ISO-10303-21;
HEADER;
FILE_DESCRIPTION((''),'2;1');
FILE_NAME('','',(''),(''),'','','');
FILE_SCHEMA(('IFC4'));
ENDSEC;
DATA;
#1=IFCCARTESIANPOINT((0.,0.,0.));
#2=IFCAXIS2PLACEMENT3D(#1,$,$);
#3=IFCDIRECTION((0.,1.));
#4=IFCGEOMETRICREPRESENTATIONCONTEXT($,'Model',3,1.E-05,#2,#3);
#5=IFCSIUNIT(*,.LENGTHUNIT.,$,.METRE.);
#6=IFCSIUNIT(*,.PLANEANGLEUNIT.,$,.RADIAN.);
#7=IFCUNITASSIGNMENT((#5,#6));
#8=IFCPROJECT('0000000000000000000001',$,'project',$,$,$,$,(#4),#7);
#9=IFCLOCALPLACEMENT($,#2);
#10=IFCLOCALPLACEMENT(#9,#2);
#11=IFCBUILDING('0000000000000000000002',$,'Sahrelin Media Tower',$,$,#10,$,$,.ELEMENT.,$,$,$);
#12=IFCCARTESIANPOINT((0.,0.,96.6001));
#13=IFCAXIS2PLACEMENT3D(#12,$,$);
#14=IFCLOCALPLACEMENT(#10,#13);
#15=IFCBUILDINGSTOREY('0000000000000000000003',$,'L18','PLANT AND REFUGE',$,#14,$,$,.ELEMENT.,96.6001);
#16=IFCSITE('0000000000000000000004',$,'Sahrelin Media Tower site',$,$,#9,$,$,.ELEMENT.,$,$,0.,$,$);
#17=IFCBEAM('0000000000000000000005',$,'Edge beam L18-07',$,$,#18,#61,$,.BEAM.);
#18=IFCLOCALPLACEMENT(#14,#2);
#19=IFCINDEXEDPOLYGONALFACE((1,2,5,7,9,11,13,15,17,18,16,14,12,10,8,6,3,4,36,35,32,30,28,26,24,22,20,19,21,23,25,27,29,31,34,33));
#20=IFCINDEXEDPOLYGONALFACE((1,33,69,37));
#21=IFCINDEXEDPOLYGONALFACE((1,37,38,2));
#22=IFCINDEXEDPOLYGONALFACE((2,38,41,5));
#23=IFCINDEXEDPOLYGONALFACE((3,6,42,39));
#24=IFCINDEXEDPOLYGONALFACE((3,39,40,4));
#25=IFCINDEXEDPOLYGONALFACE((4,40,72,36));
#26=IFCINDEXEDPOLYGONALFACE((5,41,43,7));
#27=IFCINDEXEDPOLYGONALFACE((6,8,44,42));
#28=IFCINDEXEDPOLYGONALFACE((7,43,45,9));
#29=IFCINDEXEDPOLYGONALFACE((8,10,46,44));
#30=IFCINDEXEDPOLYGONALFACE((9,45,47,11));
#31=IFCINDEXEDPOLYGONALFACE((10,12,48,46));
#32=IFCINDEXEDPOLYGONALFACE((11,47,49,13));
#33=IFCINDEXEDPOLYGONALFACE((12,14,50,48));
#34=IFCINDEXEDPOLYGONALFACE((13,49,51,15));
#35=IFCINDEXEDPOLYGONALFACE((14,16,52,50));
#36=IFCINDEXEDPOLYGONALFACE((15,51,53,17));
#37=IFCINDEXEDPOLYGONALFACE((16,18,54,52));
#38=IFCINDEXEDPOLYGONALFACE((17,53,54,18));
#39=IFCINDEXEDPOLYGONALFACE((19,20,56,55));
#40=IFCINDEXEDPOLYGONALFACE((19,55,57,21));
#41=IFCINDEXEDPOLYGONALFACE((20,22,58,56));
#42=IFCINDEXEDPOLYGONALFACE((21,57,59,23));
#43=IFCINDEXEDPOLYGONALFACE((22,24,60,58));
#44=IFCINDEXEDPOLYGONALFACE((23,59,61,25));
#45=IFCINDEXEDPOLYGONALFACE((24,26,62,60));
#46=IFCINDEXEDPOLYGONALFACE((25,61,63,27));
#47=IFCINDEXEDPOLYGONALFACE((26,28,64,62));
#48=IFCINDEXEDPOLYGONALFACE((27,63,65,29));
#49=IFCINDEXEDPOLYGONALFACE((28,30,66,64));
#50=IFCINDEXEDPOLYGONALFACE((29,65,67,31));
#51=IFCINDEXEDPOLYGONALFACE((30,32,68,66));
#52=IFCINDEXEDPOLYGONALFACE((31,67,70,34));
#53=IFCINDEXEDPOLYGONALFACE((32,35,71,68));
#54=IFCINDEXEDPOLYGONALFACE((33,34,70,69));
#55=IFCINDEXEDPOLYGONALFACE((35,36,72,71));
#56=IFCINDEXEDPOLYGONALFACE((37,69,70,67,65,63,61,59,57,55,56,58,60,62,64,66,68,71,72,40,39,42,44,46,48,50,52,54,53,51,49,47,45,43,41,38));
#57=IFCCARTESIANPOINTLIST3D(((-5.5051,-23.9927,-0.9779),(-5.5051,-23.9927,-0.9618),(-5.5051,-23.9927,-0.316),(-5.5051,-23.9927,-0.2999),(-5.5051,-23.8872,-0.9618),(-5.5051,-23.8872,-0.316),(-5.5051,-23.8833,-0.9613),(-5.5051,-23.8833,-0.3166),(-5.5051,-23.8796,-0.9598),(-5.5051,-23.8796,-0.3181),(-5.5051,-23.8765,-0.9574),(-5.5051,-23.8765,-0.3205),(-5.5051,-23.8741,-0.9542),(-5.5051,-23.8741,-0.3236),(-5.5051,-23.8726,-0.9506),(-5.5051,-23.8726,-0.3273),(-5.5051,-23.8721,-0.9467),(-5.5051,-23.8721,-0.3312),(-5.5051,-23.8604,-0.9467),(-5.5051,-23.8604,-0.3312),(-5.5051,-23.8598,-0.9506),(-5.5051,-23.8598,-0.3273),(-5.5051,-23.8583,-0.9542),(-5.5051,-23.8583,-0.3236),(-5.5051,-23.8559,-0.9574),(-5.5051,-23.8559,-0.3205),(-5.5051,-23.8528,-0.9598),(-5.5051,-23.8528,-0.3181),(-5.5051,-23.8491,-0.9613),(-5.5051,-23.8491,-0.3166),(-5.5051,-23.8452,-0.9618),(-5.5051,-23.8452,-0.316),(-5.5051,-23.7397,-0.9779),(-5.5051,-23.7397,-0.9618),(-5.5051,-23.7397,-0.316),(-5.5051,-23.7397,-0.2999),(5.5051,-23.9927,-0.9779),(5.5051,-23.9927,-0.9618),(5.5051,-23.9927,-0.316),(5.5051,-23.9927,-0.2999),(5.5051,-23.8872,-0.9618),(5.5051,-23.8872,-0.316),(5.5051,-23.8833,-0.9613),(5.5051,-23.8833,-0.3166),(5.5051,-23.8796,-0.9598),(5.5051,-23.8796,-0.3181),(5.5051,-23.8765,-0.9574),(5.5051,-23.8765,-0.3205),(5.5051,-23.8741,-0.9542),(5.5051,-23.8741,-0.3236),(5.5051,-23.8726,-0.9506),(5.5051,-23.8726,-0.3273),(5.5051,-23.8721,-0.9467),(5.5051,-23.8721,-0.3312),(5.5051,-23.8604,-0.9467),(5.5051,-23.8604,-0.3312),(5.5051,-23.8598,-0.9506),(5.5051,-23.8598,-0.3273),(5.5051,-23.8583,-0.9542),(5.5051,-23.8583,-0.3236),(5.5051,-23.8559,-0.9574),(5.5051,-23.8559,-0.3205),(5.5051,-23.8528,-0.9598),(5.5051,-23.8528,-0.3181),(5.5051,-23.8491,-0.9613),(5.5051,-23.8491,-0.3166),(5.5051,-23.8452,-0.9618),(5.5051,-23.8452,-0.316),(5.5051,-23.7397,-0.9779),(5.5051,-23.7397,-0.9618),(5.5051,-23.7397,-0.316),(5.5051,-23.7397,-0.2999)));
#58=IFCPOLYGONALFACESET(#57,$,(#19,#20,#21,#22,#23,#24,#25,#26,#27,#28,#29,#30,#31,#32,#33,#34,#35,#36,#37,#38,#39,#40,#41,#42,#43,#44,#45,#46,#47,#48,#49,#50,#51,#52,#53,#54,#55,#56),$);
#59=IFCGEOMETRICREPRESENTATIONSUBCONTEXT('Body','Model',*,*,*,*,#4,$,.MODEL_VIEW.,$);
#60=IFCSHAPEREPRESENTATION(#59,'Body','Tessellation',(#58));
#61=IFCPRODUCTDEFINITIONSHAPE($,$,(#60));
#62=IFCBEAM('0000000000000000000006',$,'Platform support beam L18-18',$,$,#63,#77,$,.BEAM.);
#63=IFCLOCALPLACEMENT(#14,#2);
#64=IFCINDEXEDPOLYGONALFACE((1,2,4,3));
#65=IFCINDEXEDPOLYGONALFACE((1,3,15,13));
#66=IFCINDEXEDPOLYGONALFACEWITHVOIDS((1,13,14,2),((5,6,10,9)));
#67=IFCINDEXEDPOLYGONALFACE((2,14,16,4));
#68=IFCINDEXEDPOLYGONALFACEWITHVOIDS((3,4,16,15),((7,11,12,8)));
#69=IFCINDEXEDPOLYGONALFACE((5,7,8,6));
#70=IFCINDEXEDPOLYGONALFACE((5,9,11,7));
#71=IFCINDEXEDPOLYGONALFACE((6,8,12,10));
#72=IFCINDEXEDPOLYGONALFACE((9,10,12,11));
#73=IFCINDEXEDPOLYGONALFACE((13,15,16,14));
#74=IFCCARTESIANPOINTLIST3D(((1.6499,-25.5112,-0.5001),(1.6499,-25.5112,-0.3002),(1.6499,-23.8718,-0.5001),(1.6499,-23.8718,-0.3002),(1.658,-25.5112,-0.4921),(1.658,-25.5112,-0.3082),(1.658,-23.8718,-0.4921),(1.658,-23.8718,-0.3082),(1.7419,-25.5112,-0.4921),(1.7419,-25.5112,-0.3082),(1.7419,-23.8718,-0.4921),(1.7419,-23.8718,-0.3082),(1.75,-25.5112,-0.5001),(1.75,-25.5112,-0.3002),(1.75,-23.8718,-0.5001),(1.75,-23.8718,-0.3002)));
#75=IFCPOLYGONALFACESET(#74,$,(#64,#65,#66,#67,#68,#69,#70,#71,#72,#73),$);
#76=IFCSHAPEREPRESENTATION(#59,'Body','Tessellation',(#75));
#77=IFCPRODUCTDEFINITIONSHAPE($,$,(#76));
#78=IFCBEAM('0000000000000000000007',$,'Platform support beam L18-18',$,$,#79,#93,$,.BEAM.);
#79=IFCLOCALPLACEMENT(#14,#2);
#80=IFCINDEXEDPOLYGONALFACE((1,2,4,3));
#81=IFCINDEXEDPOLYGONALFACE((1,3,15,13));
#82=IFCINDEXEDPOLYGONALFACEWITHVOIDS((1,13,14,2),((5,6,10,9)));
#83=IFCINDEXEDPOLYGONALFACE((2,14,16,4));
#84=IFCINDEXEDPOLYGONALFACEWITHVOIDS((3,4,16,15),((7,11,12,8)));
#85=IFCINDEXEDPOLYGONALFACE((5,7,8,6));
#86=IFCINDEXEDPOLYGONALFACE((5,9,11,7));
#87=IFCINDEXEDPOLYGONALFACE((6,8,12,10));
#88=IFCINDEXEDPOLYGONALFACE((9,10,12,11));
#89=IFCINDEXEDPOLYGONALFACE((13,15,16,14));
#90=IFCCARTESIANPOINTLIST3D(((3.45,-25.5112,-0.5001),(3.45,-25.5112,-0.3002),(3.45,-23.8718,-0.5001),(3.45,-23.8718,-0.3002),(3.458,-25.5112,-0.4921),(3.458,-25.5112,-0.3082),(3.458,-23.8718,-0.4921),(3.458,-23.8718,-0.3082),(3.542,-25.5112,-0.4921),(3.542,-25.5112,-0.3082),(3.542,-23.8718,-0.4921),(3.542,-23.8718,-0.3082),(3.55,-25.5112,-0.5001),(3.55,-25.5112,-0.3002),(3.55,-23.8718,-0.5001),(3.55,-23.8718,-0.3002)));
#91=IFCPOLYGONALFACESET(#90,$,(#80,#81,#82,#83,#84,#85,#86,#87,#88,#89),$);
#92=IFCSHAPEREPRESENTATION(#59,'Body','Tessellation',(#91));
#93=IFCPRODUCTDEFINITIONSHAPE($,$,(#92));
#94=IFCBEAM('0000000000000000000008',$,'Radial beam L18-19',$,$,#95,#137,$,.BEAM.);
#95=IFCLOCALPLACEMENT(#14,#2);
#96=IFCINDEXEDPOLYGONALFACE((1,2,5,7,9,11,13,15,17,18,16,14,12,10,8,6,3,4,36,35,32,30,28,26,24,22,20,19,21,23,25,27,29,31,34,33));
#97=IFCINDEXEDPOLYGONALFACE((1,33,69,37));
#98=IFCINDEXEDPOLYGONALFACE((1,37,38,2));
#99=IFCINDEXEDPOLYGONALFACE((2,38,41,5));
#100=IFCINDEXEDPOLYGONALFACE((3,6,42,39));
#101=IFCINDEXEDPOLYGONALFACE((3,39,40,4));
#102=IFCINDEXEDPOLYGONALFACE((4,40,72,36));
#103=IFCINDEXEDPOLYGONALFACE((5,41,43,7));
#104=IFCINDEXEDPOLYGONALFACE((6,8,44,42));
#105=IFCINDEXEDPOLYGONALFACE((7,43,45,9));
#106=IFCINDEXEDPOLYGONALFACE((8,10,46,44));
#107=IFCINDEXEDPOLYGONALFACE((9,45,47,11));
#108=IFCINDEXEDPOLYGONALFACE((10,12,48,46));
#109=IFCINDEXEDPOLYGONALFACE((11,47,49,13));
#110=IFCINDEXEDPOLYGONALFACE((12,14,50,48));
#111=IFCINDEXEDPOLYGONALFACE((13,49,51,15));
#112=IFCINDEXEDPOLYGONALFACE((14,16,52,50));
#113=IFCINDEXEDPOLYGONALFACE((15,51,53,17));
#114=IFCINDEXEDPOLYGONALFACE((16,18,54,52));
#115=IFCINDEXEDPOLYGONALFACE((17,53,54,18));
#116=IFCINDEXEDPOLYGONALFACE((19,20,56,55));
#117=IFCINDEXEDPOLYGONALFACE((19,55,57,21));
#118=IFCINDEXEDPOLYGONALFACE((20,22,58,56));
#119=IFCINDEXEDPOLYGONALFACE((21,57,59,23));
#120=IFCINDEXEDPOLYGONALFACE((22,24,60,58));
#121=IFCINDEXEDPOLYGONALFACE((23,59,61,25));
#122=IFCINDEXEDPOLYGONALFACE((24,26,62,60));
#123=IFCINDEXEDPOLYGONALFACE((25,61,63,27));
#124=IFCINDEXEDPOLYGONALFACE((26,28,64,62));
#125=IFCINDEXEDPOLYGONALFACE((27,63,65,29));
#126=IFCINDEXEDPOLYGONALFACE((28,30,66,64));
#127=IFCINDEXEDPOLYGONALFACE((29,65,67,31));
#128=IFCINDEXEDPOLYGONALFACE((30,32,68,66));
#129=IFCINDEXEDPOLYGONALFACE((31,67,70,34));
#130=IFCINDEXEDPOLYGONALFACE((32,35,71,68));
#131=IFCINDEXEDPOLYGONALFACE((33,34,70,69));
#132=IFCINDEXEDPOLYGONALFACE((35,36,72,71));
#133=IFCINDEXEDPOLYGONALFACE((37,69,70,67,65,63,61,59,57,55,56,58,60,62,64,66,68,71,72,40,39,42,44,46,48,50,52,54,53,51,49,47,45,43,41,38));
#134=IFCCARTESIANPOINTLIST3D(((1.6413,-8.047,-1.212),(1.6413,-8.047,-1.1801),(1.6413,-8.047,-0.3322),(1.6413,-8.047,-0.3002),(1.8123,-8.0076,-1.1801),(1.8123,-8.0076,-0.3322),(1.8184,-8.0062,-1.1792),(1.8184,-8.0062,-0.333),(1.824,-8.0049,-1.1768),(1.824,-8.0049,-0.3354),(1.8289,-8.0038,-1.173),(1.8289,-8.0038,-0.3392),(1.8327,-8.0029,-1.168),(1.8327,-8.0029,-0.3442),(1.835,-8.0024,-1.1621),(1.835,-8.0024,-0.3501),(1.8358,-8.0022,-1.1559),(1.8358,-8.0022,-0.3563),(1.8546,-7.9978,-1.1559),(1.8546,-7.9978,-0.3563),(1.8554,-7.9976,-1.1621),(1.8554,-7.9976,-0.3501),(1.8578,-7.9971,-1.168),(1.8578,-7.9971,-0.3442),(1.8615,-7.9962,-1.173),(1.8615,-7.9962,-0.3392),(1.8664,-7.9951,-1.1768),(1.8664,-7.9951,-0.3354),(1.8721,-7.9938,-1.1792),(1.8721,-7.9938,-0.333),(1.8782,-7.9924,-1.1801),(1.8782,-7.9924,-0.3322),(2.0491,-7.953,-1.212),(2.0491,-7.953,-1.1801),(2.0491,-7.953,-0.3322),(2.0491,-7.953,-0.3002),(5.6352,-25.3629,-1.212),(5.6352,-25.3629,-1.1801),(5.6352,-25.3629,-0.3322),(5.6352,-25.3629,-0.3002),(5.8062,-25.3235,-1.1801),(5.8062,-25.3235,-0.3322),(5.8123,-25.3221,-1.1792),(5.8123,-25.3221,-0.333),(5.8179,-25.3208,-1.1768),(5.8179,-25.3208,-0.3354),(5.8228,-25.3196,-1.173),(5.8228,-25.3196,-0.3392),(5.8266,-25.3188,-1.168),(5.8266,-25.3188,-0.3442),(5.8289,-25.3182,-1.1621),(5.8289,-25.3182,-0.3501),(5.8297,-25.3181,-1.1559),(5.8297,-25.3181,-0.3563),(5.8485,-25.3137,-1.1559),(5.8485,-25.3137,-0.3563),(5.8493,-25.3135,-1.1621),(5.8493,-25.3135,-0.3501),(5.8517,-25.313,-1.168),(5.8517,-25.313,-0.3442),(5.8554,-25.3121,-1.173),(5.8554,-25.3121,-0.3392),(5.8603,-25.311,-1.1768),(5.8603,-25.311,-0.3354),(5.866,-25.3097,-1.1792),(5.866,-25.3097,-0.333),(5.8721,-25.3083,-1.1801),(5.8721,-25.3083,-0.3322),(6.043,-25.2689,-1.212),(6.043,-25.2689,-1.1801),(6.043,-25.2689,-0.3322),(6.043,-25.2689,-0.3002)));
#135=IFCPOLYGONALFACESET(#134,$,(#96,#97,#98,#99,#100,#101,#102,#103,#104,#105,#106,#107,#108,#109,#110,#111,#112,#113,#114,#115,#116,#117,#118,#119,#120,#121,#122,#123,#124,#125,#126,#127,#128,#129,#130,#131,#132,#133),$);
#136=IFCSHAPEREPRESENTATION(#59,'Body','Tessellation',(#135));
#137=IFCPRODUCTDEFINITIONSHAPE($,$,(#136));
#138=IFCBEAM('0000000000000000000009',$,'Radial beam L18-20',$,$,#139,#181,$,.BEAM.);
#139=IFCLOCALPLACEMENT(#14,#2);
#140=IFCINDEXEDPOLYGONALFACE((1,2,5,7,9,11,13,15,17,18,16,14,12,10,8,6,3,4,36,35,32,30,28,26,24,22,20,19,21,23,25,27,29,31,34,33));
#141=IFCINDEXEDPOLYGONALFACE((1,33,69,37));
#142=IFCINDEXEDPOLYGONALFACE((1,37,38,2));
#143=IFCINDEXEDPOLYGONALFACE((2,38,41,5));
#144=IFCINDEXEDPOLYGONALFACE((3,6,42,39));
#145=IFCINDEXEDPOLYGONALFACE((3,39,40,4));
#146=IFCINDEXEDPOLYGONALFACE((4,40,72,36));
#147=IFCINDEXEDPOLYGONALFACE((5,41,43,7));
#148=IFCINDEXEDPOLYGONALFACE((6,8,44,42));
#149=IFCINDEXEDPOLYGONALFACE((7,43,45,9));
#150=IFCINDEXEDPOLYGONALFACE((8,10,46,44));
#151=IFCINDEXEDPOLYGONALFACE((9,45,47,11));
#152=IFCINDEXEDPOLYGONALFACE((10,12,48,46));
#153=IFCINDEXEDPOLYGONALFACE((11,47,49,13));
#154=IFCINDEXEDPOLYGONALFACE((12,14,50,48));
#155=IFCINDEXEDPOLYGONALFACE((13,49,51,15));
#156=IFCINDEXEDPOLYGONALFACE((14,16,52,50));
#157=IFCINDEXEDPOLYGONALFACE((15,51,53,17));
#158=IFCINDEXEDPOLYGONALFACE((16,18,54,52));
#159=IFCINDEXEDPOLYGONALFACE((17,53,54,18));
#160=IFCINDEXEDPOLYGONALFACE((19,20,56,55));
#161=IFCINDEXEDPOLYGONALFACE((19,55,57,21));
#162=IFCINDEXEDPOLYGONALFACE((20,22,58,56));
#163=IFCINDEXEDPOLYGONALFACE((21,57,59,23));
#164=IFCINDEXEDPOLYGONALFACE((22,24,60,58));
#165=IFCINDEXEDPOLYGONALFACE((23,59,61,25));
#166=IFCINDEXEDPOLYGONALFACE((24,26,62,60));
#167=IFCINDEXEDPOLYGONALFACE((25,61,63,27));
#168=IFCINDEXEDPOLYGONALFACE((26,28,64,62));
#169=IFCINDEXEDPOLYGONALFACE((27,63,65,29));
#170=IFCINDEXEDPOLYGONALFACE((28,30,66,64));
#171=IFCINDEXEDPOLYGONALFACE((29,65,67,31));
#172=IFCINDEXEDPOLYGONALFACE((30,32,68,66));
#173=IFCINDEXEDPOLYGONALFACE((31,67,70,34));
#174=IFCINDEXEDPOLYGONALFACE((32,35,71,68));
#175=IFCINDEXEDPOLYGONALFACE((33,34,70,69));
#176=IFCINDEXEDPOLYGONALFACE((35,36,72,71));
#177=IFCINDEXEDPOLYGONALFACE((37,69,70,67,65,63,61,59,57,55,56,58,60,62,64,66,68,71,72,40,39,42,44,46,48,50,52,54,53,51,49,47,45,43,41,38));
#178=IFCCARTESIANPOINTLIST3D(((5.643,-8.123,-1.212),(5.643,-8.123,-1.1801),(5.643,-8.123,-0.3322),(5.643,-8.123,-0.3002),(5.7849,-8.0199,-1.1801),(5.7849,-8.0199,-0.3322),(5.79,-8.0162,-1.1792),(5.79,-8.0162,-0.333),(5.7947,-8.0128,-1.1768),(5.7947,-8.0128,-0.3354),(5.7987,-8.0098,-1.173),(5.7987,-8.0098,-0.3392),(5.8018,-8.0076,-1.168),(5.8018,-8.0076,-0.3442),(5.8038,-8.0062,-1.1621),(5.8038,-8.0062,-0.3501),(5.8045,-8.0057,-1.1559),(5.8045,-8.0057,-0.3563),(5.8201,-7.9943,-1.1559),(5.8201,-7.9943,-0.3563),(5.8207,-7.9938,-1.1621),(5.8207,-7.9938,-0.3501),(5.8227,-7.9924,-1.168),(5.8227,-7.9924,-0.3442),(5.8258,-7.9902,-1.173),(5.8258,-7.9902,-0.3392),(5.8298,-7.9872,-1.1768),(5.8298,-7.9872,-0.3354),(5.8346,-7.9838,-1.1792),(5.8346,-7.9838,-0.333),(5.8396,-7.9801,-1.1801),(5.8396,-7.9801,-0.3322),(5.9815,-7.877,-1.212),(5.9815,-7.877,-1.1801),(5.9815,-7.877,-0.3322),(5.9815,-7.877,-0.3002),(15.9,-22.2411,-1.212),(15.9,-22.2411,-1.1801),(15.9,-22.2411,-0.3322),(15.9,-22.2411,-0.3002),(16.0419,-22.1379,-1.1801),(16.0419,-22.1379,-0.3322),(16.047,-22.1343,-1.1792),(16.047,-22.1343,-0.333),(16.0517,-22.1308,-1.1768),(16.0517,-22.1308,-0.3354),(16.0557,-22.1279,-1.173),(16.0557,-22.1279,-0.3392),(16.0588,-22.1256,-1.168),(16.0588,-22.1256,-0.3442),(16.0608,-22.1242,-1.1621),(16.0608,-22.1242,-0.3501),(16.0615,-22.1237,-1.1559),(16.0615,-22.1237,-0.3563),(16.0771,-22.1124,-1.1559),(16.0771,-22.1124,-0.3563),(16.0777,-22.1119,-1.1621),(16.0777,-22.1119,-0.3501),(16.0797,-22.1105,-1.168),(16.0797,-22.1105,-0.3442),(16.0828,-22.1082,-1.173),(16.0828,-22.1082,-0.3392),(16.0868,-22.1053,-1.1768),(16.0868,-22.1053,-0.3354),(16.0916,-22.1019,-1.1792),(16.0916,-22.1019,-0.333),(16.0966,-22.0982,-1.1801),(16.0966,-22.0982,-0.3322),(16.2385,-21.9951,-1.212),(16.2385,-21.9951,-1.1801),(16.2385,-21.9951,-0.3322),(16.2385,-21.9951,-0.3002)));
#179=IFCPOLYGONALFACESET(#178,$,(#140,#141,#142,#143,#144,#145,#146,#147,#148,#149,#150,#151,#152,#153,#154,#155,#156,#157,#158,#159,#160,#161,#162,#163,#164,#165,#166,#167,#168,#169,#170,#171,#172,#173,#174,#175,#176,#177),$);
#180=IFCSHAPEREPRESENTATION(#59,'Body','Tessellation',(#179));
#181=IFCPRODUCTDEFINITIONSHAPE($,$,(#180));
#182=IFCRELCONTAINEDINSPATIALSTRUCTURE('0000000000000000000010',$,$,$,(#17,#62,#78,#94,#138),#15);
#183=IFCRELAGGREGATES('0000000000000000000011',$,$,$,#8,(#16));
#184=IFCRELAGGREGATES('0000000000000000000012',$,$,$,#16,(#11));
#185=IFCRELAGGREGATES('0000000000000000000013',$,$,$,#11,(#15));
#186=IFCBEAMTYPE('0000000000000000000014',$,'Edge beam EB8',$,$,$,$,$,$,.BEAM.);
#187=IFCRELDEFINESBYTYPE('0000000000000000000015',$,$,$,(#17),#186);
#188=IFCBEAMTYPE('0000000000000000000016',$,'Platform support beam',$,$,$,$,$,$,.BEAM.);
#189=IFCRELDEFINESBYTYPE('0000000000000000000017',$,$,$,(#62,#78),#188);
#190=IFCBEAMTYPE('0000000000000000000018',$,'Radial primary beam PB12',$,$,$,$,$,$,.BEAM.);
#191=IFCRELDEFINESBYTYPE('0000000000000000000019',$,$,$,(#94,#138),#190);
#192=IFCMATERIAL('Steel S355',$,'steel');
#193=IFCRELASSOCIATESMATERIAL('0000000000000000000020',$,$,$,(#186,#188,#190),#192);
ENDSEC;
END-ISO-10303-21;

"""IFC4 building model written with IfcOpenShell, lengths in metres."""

from ifc_helpers import new_model, si_unit, direction, frame, origin, origin_2d, place, context, subcontext, project, spatial, hollow_rectangle, i_section, extrude, material, material_profile, profile_set, type_object, element, save


model = new_model("IFC4")

# Units and contexts
model_context = context("Model", 3, precision=1e-05, world=origin(), true_north=direction((0.0, 1.0)))
body_context = subcontext(model_context, "Body", "Model", "MODEL_VIEW")
ifc_project = project(units=[si_unit("LENGTHUNIT", "METRE"), si_unit("PLANEANGLEUNIT", "RADIAN")], contexts=[model_context])

# Site, building, storey
site_placement = place(None, origin())
site = spatial("IfcSite", under=ifc_project, at=site_placement, Name="Sahrelin Media Tower site", CompositionType="ELEMENT", RefElevation=0.0)
building_placement = place(site_placement, origin())
building = spatial("IfcBuilding", under=site, at=building_placement, Name="Sahrelin Media Tower", CompositionType="ELEMENT")
storey_placement = place(building_placement, frame((0.0, 0.0, 96.6001)))
storey = spatial("IfcBuildingStorey", under=building, at=storey_placement, Name="L18", Description="PLANT AND REFUGE", CompositionType="ELEMENT", Elevation=96.6001)

# Beams
ifc_material_1 = material(Name="Steel S355", Category="steel")
ifc_material_profile_1 = material_profile(ifc_material_1, i_section(OverallWidth=0.2529, OverallDepth=0.678, WebThickness=0.0117, FlangeThickness=0.0161, FilletRadius=0.0151, at=origin_2d()), Name="UB 686x254x125")
ifc_profile_set_1 = profile_set([ifc_material_profile_1], Name="Steel S355")
beam_type_1 = type_object("IfcBeamType", Name="Edge beam EB8", PredefinedType="BEAM", material=ifc_profile_set_1)
beam_1_placement = place(storey_placement, frame((5.5051, -23.8662, -0.6389), z_axis=(-1.0, 0.0, 0.0), x_axis=(0.0, -1.0, 0.0)))
element("IfcBeam", 1, at=beam_1_placement, inside=storey, type_object=beam_type_1, Name="Edge beam L18-07", PredefinedType="BEAM", context=body_context, shape_type="SweptSolid", body=[
    extrude(i_section(OverallWidth=0.2529, OverallDepth=0.678, WebThickness=0.0117, FlangeThickness=0.0161, FilletRadius=0.0151, at=origin_2d()), origin(), (0.0, 0.0, 1.0), 11.0103),
])
ifc_material_profile_2 = material_profile(ifc_material_1, hollow_rectangle(XDim=0.1001, YDim=0.2, WallThickness=0.0081, at=origin_2d()), Name="RHS 200x100x8")
ifc_profile_set_2 = profile_set([ifc_material_profile_2], Name="Steel S355")
beam_type_2 = type_object("IfcBeamType", Name="Platform support beam", PredefinedType="BEAM", material=ifc_profile_set_2)
for number, where, z_axis, x_axis, name in (
    (2, (1.7, -23.8718, -0.4001), (0.0, -1.0, 0.0), (1.0, 0.0, 0.0), "Platform support beam L18-18"),
    (3, (3.5, -23.8718, -0.4001), (0.0, -1.0, 0.0), (1.0, 0.0, 0.0), "Platform support beam L18-18"),
):
    element("IfcBeam", number, at=place(storey_placement, frame(where, z_axis=z_axis, x_axis=x_axis)), inside=storey, type_object=beam_type_2, Name=name, PredefinedType="BEAM", context=body_context, shape_type="SweptSolid", body=[
        extrude(hollow_rectangle(XDim=0.1001, YDim=0.2, WallThickness=0.0081, at=origin_2d()), origin(), (0.0, 0.0, 1.0), 1.6394),
    ])
ifc_material_profile_3 = material_profile(ifc_material_1, i_section(OverallWidth=0.4185, OverallDepth=0.9119, WebThickness=0.0193, FlangeThickness=0.032, FilletRadius=0.0242, at=origin_2d()), Name="UB 914x419x343")
ifc_profile_set_3 = profile_set([ifc_material_profile_3], Name="Steel S355")
beam_type_3 = type_object("IfcBeamType", Name="Radial primary beam PB12", PredefinedType="BEAM", material=ifc_profile_set_3)
beam_2_placement = place(storey_placement, frame((1.8452, -8.0, -0.7561), z_axis=(0.224748, -0.974417, 0.0), x_axis=(0.974417, 0.224748, 0.0)))
element("IfcBeam", 4, at=beam_2_placement, inside=storey, type_object=beam_type_3, Name="Radial beam L18-19", PredefinedType="BEAM", context=body_context, shape_type="SweptSolid", body=[
    extrude(i_section(OverallWidth=0.4185, OverallDepth=0.9119, WebThickness=0.0193, FlangeThickness=0.032, FilletRadius=0.0242, at=origin_2d()), origin(), (0.0, 0.0, 1.0), 17.7705),
])
beam_3_placement = place(storey_placement, frame((5.8123, -8.0, -0.7561), z_axis=(0.587772, -0.809027, 0.0), x_axis=(0.809027, 0.587772, 0.0)))
element("IfcBeam", 5, at=beam_3_placement, inside=storey, type_object=beam_type_3, Name="Radial beam L18-20", PredefinedType="BEAM", context=body_context, shape_type="SweptSolid", body=[
    extrude(i_section(OverallWidth=0.4185, OverallDepth=0.9119, WebThickness=0.0193, FlangeThickness=0.032, FilletRadius=0.0242, at=origin_2d()), origin(), (0.0, 0.0, 1.0), 17.4507),
])

save(model, "model.ifc")
